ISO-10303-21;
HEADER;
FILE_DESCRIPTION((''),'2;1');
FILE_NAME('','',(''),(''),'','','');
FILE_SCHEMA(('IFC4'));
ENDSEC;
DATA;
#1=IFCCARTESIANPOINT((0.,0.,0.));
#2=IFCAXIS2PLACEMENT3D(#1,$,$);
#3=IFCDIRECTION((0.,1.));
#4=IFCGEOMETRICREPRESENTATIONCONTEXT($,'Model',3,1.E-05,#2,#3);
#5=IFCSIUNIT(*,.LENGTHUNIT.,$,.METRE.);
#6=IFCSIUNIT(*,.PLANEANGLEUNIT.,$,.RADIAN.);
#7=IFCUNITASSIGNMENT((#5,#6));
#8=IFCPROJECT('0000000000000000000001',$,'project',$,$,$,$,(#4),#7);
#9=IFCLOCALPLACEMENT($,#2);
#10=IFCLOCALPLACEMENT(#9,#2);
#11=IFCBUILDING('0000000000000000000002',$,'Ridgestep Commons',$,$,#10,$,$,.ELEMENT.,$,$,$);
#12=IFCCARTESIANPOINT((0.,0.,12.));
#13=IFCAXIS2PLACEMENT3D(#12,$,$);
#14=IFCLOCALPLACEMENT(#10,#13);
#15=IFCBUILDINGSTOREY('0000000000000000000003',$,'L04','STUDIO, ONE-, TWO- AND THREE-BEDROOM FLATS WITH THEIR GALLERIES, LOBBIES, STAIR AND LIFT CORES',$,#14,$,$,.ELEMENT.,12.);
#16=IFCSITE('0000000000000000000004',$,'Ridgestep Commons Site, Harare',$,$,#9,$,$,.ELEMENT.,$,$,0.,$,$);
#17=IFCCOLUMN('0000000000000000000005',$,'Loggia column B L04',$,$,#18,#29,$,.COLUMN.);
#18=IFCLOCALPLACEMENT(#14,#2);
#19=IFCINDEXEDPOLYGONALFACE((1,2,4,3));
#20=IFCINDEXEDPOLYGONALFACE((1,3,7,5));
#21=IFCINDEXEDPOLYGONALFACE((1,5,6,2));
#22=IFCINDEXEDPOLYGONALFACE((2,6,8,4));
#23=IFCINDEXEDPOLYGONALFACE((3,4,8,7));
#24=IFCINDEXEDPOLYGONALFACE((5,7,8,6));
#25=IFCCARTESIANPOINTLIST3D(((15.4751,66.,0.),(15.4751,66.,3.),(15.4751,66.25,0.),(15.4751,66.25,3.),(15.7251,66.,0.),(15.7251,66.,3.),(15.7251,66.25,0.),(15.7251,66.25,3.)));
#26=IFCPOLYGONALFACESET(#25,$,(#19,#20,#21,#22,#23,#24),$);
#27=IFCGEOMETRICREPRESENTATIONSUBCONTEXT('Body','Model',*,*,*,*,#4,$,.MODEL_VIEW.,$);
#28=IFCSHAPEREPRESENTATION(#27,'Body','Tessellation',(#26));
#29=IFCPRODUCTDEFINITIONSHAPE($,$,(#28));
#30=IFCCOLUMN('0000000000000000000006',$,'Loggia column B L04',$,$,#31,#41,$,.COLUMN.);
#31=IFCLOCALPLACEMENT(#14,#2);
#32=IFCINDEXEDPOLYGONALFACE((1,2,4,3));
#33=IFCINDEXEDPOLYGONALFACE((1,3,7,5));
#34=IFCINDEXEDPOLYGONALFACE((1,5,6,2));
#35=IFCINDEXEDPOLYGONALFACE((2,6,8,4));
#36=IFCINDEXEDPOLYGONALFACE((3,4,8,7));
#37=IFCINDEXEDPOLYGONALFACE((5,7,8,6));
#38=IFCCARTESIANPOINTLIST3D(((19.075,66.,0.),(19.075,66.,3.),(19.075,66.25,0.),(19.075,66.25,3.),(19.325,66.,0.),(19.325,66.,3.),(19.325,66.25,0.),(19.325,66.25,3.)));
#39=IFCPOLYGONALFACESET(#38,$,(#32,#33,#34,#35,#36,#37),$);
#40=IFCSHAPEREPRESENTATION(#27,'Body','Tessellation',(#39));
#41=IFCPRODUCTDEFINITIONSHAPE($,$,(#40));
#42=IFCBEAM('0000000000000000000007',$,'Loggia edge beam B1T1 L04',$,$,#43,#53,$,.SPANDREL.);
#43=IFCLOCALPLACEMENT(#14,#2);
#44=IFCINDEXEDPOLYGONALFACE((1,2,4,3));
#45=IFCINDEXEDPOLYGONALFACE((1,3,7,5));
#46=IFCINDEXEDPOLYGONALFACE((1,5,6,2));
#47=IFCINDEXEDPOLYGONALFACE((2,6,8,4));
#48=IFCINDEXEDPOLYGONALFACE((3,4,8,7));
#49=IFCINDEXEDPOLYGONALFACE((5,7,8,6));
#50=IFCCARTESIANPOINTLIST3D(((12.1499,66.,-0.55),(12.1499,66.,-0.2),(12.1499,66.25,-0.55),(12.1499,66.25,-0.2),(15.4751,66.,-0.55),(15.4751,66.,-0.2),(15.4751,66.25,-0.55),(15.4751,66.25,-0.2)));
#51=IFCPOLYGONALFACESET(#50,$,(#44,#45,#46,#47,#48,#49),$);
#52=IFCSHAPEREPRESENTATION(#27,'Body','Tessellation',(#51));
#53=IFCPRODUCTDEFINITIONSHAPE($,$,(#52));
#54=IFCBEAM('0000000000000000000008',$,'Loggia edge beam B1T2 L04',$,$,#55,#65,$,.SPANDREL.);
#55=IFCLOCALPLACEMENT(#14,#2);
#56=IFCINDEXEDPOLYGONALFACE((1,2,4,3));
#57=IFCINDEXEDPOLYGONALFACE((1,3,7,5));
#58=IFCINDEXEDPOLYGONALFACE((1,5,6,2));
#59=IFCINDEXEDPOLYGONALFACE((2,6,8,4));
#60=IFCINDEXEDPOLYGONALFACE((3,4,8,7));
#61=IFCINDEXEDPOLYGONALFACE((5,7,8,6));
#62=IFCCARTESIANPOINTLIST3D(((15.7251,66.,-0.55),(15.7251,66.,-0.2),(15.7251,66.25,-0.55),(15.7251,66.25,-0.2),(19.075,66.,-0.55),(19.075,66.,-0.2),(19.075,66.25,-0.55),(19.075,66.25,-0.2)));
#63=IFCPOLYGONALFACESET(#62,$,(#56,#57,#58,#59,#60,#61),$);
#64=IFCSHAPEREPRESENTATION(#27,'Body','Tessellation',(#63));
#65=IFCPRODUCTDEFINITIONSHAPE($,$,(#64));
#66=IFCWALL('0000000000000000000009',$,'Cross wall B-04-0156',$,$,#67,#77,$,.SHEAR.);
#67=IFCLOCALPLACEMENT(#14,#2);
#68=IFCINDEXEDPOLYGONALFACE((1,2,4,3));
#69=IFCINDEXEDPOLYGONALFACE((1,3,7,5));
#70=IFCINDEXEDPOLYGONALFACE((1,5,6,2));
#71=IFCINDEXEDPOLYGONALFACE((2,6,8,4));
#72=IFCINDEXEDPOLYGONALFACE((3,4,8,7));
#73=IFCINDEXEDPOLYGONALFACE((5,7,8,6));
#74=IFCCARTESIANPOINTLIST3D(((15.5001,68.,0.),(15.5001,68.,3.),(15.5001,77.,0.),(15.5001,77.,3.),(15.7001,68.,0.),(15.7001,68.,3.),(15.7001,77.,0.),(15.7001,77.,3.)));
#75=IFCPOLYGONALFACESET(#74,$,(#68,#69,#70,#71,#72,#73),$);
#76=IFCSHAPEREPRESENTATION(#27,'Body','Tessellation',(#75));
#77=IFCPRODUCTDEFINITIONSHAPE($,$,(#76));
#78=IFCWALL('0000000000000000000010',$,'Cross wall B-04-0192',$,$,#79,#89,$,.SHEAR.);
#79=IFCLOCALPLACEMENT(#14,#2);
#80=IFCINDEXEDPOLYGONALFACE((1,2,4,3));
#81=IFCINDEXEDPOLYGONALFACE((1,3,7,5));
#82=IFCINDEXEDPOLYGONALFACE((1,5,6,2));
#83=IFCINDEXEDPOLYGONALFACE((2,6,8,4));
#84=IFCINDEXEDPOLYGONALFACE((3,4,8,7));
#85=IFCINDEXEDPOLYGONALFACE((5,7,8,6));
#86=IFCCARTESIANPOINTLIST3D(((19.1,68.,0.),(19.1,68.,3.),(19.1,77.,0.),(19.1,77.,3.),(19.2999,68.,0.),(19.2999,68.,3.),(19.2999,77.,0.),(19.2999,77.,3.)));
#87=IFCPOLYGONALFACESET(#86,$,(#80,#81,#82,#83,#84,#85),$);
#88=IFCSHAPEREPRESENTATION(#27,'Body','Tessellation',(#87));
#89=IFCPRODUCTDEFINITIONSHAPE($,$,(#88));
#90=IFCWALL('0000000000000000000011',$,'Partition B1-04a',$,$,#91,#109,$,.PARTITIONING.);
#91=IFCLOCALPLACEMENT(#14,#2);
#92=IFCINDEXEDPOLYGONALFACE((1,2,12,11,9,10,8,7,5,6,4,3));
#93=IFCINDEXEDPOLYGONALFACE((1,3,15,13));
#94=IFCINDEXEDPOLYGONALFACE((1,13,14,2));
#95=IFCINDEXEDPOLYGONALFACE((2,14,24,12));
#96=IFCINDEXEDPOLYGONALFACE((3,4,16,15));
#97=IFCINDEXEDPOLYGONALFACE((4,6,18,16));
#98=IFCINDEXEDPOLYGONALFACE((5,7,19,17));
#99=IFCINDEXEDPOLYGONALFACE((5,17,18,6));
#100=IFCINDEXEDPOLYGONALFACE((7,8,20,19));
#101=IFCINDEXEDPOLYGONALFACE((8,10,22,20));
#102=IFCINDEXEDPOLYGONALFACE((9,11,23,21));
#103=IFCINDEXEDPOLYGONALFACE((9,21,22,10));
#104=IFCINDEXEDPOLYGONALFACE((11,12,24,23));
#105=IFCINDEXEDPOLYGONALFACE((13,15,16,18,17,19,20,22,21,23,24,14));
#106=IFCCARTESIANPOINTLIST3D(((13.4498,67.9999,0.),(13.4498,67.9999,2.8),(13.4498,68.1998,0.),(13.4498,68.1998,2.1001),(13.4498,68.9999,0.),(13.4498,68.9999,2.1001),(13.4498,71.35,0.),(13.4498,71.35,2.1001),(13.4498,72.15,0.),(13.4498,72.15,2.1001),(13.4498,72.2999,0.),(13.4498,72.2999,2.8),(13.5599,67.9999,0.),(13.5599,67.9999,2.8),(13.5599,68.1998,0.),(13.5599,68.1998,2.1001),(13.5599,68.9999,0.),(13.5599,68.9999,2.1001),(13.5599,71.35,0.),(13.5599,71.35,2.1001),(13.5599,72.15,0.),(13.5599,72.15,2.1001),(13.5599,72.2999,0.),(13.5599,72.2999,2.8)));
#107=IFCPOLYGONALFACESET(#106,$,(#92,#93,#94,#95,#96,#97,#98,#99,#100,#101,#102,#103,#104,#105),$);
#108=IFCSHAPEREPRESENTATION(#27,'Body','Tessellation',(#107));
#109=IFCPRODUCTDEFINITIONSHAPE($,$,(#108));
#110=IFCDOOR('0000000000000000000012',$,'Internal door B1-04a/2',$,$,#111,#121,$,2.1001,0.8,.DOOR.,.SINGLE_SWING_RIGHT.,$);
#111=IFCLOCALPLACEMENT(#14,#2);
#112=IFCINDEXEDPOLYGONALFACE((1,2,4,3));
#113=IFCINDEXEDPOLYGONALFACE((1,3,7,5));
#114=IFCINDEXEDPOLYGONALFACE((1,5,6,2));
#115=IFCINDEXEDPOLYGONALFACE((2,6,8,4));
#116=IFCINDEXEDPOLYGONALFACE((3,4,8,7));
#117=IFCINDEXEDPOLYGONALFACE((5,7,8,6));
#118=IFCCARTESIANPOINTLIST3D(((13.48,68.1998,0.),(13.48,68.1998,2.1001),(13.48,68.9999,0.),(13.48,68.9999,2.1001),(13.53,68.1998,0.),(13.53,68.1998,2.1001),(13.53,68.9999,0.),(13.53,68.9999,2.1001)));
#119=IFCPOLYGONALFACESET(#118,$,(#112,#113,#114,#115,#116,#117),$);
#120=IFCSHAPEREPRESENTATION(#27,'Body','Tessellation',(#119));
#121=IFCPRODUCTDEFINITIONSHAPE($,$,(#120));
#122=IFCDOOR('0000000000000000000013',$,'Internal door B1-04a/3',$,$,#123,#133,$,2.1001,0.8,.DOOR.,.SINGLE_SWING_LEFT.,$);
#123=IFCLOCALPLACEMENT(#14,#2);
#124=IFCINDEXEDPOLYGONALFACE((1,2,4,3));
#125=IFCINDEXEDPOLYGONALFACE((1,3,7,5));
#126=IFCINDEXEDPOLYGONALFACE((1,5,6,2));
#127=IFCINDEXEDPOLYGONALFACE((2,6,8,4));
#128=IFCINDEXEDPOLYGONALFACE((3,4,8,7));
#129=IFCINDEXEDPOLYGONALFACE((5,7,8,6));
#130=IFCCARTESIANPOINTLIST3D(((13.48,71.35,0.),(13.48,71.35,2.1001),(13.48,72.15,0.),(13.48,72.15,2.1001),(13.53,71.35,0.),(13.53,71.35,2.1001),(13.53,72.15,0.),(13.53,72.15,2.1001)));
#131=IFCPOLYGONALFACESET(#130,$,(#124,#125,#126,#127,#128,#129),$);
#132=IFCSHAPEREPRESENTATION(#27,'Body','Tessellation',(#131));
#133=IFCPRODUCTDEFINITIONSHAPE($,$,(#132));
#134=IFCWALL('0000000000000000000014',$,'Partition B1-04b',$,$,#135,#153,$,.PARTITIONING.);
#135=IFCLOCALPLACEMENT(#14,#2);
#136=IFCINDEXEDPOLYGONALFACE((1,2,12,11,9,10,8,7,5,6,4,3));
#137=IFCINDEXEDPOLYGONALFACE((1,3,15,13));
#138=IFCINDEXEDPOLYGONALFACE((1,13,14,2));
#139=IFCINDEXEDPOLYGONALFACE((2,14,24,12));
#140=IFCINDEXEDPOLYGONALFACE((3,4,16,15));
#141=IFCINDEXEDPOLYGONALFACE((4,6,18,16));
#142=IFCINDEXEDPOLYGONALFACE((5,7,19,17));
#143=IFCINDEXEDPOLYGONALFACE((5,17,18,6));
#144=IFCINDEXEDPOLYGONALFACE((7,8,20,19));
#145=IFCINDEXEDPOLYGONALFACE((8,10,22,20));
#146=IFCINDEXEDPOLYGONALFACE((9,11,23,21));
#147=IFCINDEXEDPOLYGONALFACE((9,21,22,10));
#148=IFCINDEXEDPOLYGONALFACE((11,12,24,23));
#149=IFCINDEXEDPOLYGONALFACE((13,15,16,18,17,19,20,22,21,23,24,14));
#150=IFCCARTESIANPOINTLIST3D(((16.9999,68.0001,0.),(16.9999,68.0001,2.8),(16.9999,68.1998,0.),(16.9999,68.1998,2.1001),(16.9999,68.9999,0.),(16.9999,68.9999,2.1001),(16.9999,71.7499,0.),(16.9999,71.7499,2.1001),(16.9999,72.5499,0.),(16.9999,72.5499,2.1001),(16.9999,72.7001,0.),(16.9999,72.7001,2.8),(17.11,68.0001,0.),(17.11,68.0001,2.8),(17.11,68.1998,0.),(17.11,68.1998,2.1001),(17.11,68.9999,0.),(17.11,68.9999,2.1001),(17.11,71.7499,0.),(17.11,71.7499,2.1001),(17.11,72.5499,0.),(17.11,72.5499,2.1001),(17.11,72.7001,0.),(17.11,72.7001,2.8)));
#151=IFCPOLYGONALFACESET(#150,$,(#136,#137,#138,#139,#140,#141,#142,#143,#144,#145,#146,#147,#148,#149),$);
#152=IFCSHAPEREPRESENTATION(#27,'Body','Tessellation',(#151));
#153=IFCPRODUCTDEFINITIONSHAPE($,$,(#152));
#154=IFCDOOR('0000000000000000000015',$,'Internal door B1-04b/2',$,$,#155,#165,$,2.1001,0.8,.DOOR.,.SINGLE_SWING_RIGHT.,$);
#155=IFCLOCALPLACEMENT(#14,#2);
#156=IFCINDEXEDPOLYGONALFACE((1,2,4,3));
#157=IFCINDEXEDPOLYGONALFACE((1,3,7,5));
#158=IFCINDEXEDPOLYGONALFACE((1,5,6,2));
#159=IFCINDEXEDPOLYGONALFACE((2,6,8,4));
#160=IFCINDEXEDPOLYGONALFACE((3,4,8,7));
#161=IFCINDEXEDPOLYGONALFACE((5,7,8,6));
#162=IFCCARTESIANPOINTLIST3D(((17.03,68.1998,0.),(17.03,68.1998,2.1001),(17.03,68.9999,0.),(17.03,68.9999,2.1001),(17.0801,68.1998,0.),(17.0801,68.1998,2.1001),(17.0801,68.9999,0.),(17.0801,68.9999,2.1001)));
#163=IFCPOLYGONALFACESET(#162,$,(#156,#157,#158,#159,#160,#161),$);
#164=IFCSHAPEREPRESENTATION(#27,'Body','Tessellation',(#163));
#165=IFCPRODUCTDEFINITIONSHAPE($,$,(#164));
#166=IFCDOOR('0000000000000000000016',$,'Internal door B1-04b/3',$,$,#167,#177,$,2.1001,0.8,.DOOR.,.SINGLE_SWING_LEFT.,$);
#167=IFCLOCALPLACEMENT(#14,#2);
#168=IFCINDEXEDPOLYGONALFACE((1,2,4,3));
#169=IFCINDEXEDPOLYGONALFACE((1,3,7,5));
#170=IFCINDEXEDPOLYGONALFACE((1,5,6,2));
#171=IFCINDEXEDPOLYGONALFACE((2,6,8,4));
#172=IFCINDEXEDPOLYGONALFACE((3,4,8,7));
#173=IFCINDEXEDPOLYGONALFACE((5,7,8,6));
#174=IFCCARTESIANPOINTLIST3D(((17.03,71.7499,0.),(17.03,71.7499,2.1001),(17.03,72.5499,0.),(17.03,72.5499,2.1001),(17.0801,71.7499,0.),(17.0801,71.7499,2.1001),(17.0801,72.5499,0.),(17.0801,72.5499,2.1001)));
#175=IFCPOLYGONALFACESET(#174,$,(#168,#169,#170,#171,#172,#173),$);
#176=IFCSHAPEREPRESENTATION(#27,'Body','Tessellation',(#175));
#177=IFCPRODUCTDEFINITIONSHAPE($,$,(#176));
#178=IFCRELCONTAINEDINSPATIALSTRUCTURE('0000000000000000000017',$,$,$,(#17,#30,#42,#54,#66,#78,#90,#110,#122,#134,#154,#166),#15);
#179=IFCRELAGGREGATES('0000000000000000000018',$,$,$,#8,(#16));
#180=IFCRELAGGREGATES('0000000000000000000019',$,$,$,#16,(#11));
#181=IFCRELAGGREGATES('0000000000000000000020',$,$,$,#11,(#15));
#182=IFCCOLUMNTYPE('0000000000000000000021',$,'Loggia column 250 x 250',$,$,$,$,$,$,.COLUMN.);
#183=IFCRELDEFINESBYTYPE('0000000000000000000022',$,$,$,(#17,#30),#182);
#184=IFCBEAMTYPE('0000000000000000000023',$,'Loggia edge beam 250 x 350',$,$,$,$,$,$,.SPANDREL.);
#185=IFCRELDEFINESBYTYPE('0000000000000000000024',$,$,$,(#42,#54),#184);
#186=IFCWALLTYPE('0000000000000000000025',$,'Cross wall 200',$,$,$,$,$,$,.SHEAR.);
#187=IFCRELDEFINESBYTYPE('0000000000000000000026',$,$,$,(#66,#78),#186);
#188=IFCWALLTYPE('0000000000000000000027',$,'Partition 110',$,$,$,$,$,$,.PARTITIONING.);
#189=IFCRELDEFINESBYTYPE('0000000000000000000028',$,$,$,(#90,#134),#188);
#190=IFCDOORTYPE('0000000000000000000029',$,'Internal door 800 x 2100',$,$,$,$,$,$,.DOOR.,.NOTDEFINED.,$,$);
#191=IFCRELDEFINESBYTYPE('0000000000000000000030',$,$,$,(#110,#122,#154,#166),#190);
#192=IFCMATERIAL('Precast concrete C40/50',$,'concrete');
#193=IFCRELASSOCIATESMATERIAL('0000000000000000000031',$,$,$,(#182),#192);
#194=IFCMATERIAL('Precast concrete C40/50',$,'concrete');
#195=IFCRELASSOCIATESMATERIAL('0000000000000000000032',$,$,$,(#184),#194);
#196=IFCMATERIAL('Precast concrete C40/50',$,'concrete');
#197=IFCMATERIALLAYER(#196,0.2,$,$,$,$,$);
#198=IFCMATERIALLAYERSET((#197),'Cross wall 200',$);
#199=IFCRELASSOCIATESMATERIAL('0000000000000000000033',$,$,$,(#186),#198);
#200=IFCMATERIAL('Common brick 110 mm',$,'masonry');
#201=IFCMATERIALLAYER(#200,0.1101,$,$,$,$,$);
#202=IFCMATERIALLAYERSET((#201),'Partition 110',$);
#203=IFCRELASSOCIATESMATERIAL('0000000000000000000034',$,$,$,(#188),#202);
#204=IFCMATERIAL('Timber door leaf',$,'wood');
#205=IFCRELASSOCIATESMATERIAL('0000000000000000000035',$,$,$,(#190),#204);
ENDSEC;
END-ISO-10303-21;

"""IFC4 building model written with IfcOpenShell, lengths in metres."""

from ifc_helpers import new_model, si_unit, direction, frame, frame_2d, origin, origin_2d, place, context, subcontext, project, spatial, rectangle, extrude, material, layer, layer_set, material_profile, profile_set, type_object, element, fill, save


model = new_model("IFC4")

# Units and contexts
model_context = context("Model", 3, precision=1e-05, world=origin(), true_north=direction((0.0, 1.0)))
body_context = subcontext(model_context, "Body", "Model", "MODEL_VIEW")
ifc_project = project(units=[si_unit("LENGTHUNIT", "METRE"), si_unit("PLANEANGLEUNIT", "RADIAN")], contexts=[model_context])

# Site, building, storey
site_placement = place(None, origin())
site = spatial("IfcSite", under=ifc_project, at=site_placement, Name="Ridgestep Commons Site, Harare", CompositionType="ELEMENT", RefElevation=0.0)
building_placement = place(site_placement, origin())
building = spatial("IfcBuilding", under=site, at=building_placement, Name="Ridgestep Commons", CompositionType="ELEMENT")
storey_placement = place(building_placement, frame((0.0, 0.0, 12.0)))
storey = spatial("IfcBuildingStorey", under=building, at=storey_placement, Name="L04", Description="STUDIO, ONE-, TWO- AND THREE-BEDROOM FLATS WITH THEIR GALLERIES, LOBBIES, STAIR AND LIFT CORES", CompositionType="ELEMENT", Elevation=12.0)

# Columns
ifc_material_1 = material(Name="Precast concrete C40/50", Category="concrete")
ifc_material_profile_1 = material_profile(ifc_material_1, rectangle(XDim=0.25, YDim=0.25, at=origin_2d()), Name="PC 250x250")
ifc_profile_set_1 = profile_set([ifc_material_profile_1], Name="Precast concrete C40/50")
column_type = type_object("IfcColumnType", Name="Loggia column 250 x 250", PredefinedType="COLUMN", material=ifc_profile_set_1)
for number, where, z_axis, x_axis, name in (
    (1, (15.6001, 66.125, 0.0), (0.0, 0.0, 1.0), (1.0, 0.0, 0.0), "Loggia column B L04"),
    (2, (19.2, 66.125, 0.0), (0.0, 0.0, 1.0), (1.0, 0.0, 0.0), "Loggia column B L04"),
):
    element("IfcColumn", number, at=place(storey_placement, frame(where, z_axis=z_axis, x_axis=x_axis)), inside=storey, type_object=column_type, Name=name, PredefinedType="COLUMN", context=body_context, shape_type="SweptSolid", body=[
        extrude(rectangle(XDim=0.25, YDim=0.25, at=origin_2d()), origin(), (0.0, 0.0, 1.0), 3.0),
    ])

# Beams
ifc_material_2 = material(Name="Precast concrete C40/50", Category="concrete")
ifc_material_profile_2 = material_profile(ifc_material_2, rectangle(XDim=0.25, YDim=0.3501, at=origin_2d()), Name="PC 250x350")
ifc_profile_set_2 = profile_set([ifc_material_profile_2], Name="Precast concrete C40/50")
beam_type = type_object("IfcBeamType", Name="Loggia edge beam 250 x 350", PredefinedType="SPANDREL", material=ifc_profile_set_2)
beam_1_placement = place(storey_placement, frame((12.1499, 66.125, -0.375), z_axis=(1.0, 0.0, 0.0), x_axis=(0.0, 1.0, 0.0)))
element("IfcBeam", 3, at=beam_1_placement, inside=storey, type_object=beam_type, Name="Loggia edge beam B1T1 L04", PredefinedType="SPANDREL", context=body_context, shape_type="SweptSolid", body=[
    extrude(rectangle(XDim=0.25, YDim=0.3501, at=origin_2d()), origin(), (0.0, 0.0, 1.0), 3.3252),
])
beam_2_placement = place(storey_placement, frame((15.7251, 66.125, -0.375), z_axis=(1.0, 0.0, 0.0), x_axis=(0.0, 1.0, 0.0)))
element("IfcBeam", 4, at=beam_2_placement, inside=storey, type_object=beam_type, Name="Loggia edge beam B1T2 L04", PredefinedType="SPANDREL", context=body_context, shape_type="SweptSolid", body=[
    extrude(rectangle(XDim=0.25, YDim=0.3501, at=origin_2d()), origin(), (0.0, 0.0, 1.0), 3.3499),
])

# Walls
ifc_material_3 = material(Name="Precast concrete C40/50", Category="concrete")
ifc_layer_1 = layer(ifc_material_3, 0.2)
ifc_layer_set_1 = layer_set([ifc_layer_1], Name="Cross wall 200")
wall_type_1 = type_object("IfcWallType", Name="Cross wall 200", PredefinedType="SHEAR", material=ifc_layer_set_1)
for number, where, z_axis, x_axis, name in (
    (5, (15.6001, 68.0, 0.0), (0.0, 0.0, 1.0), (0.0, 1.0, 0.0), "Cross wall B-04-0156"),
    (6, (19.2, 68.0, 0.0), (0.0, 0.0, 1.0), (0.0, 1.0, 0.0), "Cross wall B-04-0192"),
):
    element("IfcWall", number, at=place(storey_placement, frame(where, z_axis=z_axis, x_axis=x_axis)), inside=storey, type_object=wall_type_1, Name=name, PredefinedType="SHEAR", context=body_context, shape_type="SweptSolid", body=[
        extrude(rectangle(XDim=9.0, YDim=0.2, at=frame_2d((4.5, 0.0))), origin(), (0.0, 0.0, 1.0), 3.0),
    ])

# Walls, openings, doors
ifc_material_4 = material(Name="Common brick 110 mm", Category="masonry")
ifc_layer_2 = layer(ifc_material_4, 0.1101)
ifc_layer_set_2 = layer_set([ifc_layer_2], Name="Partition 110")
wall_type_2 = type_object("IfcWallType", Name="Partition 110", PredefinedType="PARTITIONING", material=ifc_layer_set_2)
wall_1_placement = place(storey_placement, frame((13.5049, 68.0, 0.0), z_axis=(0.0, 0.0, 1.0), x_axis=(0.0, 1.0, 0.0)))
wall_1 = element("IfcWall", 7, at=wall_1_placement, inside=storey, type_object=wall_type_2, Name="Partition B1-04a", PredefinedType="PARTITIONING", context=body_context, shape_type="SweptSolid", body=[
    extrude(rectangle(XDim=4.3, YDim=0.1101, at=frame_2d((2.1499, 0.0))), origin(), (0.0, 0.0, 1.0), 2.8),
])
opening_1_placement = place(wall_1_placement, frame((0.2, 0.0, 0.0)))
opening_1 = element("IfcOpeningElement", 8, at=opening_1_placement, cuts=wall_1, PredefinedType="OPENING", context=body_context, shape_type="SweptSolid", body=[
    extrude(rectangle(XDim=0.8, YDim=2.1001, at=frame_2d((0.3999, 1.05))), frame((0.0, 0.0649, 0.0), z_axis=(0.0, -1.0, 0.0), x_axis=(1.0, 0.0, 0.0)), (0.0, 0.0, 1.0), 0.1301),
])
opening_2_placement = place(wall_1_placement, frame((3.3501, 0.0, 0.0)))
opening_2 = element("IfcOpeningElement", 9, at=opening_2_placement, cuts=wall_1, PredefinedType="OPENING", context=body_context, shape_type="SweptSolid", body=[
    extrude(rectangle(XDim=0.8, YDim=2.1001, at=frame_2d((0.3999, 1.05))), frame((0.0, 0.0649, 0.0), z_axis=(0.0, -1.0, 0.0), x_axis=(1.0, 0.0, 0.0)), (0.0, 0.0, 1.0), 0.1301),
])
ifc_material_5 = material(Name="Timber door leaf", Category="wood")
door_type_1 = type_object("IfcDoorType", Name="Internal door 800 x 2100", OperationType="NOTDEFINED", PredefinedType="DOOR", material=ifc_material_5)
door_1_placement = place(opening_1_placement, origin())
door_1 = element("IfcDoor", 10, at=door_1_placement, inside=storey, type_object=door_type_1, Name="Internal door B1-04a/2", OperationType="SINGLE_SWING_RIGHT", OverallHeight=2.1001, OverallWidth=0.8, PredefinedType="DOOR", context=body_context, shape_type="SweptSolid", body=[
    extrude(rectangle(XDim=0.8, YDim=2.1001, at=frame_2d((0.3999, 1.05))), frame((0.0, 0.0249, 0.0), z_axis=(0.0, -1.0, 0.0), x_axis=(1.0, 0.0, 0.0)), (0.0, 0.0, 1.0), 0.05),
])
fill(opening_1, door_1)
door_2_placement = place(opening_2_placement, origin())
door_2 = element("IfcDoor", 11, at=door_2_placement, inside=storey, type_object=door_type_1, Name="Internal door B1-04a/3", OperationType="SINGLE_SWING_LEFT", OverallHeight=2.1001, OverallWidth=0.8, PredefinedType="DOOR", context=body_context, shape_type="SweptSolid", body=[
    extrude(rectangle(XDim=0.8, YDim=2.1001, at=frame_2d((0.3999, 1.05))), frame((0.0, 0.0249, 0.0), z_axis=(0.0, -1.0, 0.0), x_axis=(1.0, 0.0, 0.0)), (0.0, 0.0, 1.0), 0.05),
])
fill(opening_2, door_2)
wall_2_placement = place(storey_placement, frame((17.0549, 68.0, 0.0), z_axis=(0.0, 0.0, 1.0), x_axis=(0.0, 1.0, 0.0)))
wall_2 = element("IfcWall", 12, at=wall_2_placement, inside=storey, type_object=wall_type_2, Name="Partition B1-04b", PredefinedType="PARTITIONING", context=body_context, shape_type="SweptSolid", body=[
    extrude(rectangle(XDim=4.7, YDim=0.1101, at=frame_2d((2.3501, 0.0))), origin(), (0.0, 0.0, 1.0), 2.8),
])
opening_3_placement = place(wall_2_placement, frame((0.2, 0.0, 0.0)))
opening_3 = element("IfcOpeningElement", 13, at=opening_3_placement, cuts=wall_2, PredefinedType="OPENING", context=body_context, shape_type="SweptSolid", body=[
    extrude(rectangle(XDim=0.8, YDim=2.1001, at=frame_2d((0.3999, 1.05))), frame((0.0, 0.0649, 0.0), z_axis=(0.0, -1.0, 0.0), x_axis=(1.0, 0.0, 0.0)), (0.0, 0.0, 1.0), 0.1301),
])
opening_4_placement = place(wall_2_placement, frame((3.75, 0.0, 0.0)))
opening_4 = element("IfcOpeningElement", 14, at=opening_4_placement, cuts=wall_2, PredefinedType="OPENING", context=body_context, shape_type="SweptSolid", body=[
    extrude(rectangle(XDim=0.8, YDim=2.1001, at=frame_2d((0.3999, 1.05))), frame((0.0, 0.0649, 0.0), z_axis=(0.0, -1.0, 0.0), x_axis=(1.0, 0.0, 0.0)), (0.0, 0.0, 1.0), 0.1301),
])
door_3_placement = place(opening_3_placement, origin())
door_3 = element("IfcDoor", 15, at=door_3_placement, inside=storey, type_object=door_type_1, Name="Internal door B1-04b/2", OperationType="SINGLE_SWING_RIGHT", OverallHeight=2.1001, OverallWidth=0.8, PredefinedType="DOOR", context=body_context, shape_type="SweptSolid", body=[
    extrude(rectangle(XDim=0.8, YDim=2.1001, at=frame_2d((0.3999, 1.05))), frame((0.0, 0.0249, 0.0), z_axis=(0.0, -1.0, 0.0), x_axis=(1.0, 0.0, 0.0)), (0.0, 0.0, 1.0), 0.05),
])
fill(opening_3, door_3)
door_4_placement = place(opening_4_placement, origin())
door_4 = element("IfcDoor", 16, at=door_4_placement, inside=storey, type_object=door_type_1, Name="Internal door B1-04b/3", OperationType="SINGLE_SWING_LEFT", OverallHeight=2.1001, OverallWidth=0.8, PredefinedType="DOOR", context=body_context, shape_type="SweptSolid", body=[
    extrude(rectangle(XDim=0.8, YDim=2.1001, at=frame_2d((0.3999, 1.05))), frame((0.0, 0.0249, 0.0), z_axis=(0.0, -1.0, 0.0), x_axis=(1.0, 0.0, 0.0)), (0.0, 0.0, 1.0), 0.05),
])
fill(opening_4, door_4)

save(model, "model.ifc")
